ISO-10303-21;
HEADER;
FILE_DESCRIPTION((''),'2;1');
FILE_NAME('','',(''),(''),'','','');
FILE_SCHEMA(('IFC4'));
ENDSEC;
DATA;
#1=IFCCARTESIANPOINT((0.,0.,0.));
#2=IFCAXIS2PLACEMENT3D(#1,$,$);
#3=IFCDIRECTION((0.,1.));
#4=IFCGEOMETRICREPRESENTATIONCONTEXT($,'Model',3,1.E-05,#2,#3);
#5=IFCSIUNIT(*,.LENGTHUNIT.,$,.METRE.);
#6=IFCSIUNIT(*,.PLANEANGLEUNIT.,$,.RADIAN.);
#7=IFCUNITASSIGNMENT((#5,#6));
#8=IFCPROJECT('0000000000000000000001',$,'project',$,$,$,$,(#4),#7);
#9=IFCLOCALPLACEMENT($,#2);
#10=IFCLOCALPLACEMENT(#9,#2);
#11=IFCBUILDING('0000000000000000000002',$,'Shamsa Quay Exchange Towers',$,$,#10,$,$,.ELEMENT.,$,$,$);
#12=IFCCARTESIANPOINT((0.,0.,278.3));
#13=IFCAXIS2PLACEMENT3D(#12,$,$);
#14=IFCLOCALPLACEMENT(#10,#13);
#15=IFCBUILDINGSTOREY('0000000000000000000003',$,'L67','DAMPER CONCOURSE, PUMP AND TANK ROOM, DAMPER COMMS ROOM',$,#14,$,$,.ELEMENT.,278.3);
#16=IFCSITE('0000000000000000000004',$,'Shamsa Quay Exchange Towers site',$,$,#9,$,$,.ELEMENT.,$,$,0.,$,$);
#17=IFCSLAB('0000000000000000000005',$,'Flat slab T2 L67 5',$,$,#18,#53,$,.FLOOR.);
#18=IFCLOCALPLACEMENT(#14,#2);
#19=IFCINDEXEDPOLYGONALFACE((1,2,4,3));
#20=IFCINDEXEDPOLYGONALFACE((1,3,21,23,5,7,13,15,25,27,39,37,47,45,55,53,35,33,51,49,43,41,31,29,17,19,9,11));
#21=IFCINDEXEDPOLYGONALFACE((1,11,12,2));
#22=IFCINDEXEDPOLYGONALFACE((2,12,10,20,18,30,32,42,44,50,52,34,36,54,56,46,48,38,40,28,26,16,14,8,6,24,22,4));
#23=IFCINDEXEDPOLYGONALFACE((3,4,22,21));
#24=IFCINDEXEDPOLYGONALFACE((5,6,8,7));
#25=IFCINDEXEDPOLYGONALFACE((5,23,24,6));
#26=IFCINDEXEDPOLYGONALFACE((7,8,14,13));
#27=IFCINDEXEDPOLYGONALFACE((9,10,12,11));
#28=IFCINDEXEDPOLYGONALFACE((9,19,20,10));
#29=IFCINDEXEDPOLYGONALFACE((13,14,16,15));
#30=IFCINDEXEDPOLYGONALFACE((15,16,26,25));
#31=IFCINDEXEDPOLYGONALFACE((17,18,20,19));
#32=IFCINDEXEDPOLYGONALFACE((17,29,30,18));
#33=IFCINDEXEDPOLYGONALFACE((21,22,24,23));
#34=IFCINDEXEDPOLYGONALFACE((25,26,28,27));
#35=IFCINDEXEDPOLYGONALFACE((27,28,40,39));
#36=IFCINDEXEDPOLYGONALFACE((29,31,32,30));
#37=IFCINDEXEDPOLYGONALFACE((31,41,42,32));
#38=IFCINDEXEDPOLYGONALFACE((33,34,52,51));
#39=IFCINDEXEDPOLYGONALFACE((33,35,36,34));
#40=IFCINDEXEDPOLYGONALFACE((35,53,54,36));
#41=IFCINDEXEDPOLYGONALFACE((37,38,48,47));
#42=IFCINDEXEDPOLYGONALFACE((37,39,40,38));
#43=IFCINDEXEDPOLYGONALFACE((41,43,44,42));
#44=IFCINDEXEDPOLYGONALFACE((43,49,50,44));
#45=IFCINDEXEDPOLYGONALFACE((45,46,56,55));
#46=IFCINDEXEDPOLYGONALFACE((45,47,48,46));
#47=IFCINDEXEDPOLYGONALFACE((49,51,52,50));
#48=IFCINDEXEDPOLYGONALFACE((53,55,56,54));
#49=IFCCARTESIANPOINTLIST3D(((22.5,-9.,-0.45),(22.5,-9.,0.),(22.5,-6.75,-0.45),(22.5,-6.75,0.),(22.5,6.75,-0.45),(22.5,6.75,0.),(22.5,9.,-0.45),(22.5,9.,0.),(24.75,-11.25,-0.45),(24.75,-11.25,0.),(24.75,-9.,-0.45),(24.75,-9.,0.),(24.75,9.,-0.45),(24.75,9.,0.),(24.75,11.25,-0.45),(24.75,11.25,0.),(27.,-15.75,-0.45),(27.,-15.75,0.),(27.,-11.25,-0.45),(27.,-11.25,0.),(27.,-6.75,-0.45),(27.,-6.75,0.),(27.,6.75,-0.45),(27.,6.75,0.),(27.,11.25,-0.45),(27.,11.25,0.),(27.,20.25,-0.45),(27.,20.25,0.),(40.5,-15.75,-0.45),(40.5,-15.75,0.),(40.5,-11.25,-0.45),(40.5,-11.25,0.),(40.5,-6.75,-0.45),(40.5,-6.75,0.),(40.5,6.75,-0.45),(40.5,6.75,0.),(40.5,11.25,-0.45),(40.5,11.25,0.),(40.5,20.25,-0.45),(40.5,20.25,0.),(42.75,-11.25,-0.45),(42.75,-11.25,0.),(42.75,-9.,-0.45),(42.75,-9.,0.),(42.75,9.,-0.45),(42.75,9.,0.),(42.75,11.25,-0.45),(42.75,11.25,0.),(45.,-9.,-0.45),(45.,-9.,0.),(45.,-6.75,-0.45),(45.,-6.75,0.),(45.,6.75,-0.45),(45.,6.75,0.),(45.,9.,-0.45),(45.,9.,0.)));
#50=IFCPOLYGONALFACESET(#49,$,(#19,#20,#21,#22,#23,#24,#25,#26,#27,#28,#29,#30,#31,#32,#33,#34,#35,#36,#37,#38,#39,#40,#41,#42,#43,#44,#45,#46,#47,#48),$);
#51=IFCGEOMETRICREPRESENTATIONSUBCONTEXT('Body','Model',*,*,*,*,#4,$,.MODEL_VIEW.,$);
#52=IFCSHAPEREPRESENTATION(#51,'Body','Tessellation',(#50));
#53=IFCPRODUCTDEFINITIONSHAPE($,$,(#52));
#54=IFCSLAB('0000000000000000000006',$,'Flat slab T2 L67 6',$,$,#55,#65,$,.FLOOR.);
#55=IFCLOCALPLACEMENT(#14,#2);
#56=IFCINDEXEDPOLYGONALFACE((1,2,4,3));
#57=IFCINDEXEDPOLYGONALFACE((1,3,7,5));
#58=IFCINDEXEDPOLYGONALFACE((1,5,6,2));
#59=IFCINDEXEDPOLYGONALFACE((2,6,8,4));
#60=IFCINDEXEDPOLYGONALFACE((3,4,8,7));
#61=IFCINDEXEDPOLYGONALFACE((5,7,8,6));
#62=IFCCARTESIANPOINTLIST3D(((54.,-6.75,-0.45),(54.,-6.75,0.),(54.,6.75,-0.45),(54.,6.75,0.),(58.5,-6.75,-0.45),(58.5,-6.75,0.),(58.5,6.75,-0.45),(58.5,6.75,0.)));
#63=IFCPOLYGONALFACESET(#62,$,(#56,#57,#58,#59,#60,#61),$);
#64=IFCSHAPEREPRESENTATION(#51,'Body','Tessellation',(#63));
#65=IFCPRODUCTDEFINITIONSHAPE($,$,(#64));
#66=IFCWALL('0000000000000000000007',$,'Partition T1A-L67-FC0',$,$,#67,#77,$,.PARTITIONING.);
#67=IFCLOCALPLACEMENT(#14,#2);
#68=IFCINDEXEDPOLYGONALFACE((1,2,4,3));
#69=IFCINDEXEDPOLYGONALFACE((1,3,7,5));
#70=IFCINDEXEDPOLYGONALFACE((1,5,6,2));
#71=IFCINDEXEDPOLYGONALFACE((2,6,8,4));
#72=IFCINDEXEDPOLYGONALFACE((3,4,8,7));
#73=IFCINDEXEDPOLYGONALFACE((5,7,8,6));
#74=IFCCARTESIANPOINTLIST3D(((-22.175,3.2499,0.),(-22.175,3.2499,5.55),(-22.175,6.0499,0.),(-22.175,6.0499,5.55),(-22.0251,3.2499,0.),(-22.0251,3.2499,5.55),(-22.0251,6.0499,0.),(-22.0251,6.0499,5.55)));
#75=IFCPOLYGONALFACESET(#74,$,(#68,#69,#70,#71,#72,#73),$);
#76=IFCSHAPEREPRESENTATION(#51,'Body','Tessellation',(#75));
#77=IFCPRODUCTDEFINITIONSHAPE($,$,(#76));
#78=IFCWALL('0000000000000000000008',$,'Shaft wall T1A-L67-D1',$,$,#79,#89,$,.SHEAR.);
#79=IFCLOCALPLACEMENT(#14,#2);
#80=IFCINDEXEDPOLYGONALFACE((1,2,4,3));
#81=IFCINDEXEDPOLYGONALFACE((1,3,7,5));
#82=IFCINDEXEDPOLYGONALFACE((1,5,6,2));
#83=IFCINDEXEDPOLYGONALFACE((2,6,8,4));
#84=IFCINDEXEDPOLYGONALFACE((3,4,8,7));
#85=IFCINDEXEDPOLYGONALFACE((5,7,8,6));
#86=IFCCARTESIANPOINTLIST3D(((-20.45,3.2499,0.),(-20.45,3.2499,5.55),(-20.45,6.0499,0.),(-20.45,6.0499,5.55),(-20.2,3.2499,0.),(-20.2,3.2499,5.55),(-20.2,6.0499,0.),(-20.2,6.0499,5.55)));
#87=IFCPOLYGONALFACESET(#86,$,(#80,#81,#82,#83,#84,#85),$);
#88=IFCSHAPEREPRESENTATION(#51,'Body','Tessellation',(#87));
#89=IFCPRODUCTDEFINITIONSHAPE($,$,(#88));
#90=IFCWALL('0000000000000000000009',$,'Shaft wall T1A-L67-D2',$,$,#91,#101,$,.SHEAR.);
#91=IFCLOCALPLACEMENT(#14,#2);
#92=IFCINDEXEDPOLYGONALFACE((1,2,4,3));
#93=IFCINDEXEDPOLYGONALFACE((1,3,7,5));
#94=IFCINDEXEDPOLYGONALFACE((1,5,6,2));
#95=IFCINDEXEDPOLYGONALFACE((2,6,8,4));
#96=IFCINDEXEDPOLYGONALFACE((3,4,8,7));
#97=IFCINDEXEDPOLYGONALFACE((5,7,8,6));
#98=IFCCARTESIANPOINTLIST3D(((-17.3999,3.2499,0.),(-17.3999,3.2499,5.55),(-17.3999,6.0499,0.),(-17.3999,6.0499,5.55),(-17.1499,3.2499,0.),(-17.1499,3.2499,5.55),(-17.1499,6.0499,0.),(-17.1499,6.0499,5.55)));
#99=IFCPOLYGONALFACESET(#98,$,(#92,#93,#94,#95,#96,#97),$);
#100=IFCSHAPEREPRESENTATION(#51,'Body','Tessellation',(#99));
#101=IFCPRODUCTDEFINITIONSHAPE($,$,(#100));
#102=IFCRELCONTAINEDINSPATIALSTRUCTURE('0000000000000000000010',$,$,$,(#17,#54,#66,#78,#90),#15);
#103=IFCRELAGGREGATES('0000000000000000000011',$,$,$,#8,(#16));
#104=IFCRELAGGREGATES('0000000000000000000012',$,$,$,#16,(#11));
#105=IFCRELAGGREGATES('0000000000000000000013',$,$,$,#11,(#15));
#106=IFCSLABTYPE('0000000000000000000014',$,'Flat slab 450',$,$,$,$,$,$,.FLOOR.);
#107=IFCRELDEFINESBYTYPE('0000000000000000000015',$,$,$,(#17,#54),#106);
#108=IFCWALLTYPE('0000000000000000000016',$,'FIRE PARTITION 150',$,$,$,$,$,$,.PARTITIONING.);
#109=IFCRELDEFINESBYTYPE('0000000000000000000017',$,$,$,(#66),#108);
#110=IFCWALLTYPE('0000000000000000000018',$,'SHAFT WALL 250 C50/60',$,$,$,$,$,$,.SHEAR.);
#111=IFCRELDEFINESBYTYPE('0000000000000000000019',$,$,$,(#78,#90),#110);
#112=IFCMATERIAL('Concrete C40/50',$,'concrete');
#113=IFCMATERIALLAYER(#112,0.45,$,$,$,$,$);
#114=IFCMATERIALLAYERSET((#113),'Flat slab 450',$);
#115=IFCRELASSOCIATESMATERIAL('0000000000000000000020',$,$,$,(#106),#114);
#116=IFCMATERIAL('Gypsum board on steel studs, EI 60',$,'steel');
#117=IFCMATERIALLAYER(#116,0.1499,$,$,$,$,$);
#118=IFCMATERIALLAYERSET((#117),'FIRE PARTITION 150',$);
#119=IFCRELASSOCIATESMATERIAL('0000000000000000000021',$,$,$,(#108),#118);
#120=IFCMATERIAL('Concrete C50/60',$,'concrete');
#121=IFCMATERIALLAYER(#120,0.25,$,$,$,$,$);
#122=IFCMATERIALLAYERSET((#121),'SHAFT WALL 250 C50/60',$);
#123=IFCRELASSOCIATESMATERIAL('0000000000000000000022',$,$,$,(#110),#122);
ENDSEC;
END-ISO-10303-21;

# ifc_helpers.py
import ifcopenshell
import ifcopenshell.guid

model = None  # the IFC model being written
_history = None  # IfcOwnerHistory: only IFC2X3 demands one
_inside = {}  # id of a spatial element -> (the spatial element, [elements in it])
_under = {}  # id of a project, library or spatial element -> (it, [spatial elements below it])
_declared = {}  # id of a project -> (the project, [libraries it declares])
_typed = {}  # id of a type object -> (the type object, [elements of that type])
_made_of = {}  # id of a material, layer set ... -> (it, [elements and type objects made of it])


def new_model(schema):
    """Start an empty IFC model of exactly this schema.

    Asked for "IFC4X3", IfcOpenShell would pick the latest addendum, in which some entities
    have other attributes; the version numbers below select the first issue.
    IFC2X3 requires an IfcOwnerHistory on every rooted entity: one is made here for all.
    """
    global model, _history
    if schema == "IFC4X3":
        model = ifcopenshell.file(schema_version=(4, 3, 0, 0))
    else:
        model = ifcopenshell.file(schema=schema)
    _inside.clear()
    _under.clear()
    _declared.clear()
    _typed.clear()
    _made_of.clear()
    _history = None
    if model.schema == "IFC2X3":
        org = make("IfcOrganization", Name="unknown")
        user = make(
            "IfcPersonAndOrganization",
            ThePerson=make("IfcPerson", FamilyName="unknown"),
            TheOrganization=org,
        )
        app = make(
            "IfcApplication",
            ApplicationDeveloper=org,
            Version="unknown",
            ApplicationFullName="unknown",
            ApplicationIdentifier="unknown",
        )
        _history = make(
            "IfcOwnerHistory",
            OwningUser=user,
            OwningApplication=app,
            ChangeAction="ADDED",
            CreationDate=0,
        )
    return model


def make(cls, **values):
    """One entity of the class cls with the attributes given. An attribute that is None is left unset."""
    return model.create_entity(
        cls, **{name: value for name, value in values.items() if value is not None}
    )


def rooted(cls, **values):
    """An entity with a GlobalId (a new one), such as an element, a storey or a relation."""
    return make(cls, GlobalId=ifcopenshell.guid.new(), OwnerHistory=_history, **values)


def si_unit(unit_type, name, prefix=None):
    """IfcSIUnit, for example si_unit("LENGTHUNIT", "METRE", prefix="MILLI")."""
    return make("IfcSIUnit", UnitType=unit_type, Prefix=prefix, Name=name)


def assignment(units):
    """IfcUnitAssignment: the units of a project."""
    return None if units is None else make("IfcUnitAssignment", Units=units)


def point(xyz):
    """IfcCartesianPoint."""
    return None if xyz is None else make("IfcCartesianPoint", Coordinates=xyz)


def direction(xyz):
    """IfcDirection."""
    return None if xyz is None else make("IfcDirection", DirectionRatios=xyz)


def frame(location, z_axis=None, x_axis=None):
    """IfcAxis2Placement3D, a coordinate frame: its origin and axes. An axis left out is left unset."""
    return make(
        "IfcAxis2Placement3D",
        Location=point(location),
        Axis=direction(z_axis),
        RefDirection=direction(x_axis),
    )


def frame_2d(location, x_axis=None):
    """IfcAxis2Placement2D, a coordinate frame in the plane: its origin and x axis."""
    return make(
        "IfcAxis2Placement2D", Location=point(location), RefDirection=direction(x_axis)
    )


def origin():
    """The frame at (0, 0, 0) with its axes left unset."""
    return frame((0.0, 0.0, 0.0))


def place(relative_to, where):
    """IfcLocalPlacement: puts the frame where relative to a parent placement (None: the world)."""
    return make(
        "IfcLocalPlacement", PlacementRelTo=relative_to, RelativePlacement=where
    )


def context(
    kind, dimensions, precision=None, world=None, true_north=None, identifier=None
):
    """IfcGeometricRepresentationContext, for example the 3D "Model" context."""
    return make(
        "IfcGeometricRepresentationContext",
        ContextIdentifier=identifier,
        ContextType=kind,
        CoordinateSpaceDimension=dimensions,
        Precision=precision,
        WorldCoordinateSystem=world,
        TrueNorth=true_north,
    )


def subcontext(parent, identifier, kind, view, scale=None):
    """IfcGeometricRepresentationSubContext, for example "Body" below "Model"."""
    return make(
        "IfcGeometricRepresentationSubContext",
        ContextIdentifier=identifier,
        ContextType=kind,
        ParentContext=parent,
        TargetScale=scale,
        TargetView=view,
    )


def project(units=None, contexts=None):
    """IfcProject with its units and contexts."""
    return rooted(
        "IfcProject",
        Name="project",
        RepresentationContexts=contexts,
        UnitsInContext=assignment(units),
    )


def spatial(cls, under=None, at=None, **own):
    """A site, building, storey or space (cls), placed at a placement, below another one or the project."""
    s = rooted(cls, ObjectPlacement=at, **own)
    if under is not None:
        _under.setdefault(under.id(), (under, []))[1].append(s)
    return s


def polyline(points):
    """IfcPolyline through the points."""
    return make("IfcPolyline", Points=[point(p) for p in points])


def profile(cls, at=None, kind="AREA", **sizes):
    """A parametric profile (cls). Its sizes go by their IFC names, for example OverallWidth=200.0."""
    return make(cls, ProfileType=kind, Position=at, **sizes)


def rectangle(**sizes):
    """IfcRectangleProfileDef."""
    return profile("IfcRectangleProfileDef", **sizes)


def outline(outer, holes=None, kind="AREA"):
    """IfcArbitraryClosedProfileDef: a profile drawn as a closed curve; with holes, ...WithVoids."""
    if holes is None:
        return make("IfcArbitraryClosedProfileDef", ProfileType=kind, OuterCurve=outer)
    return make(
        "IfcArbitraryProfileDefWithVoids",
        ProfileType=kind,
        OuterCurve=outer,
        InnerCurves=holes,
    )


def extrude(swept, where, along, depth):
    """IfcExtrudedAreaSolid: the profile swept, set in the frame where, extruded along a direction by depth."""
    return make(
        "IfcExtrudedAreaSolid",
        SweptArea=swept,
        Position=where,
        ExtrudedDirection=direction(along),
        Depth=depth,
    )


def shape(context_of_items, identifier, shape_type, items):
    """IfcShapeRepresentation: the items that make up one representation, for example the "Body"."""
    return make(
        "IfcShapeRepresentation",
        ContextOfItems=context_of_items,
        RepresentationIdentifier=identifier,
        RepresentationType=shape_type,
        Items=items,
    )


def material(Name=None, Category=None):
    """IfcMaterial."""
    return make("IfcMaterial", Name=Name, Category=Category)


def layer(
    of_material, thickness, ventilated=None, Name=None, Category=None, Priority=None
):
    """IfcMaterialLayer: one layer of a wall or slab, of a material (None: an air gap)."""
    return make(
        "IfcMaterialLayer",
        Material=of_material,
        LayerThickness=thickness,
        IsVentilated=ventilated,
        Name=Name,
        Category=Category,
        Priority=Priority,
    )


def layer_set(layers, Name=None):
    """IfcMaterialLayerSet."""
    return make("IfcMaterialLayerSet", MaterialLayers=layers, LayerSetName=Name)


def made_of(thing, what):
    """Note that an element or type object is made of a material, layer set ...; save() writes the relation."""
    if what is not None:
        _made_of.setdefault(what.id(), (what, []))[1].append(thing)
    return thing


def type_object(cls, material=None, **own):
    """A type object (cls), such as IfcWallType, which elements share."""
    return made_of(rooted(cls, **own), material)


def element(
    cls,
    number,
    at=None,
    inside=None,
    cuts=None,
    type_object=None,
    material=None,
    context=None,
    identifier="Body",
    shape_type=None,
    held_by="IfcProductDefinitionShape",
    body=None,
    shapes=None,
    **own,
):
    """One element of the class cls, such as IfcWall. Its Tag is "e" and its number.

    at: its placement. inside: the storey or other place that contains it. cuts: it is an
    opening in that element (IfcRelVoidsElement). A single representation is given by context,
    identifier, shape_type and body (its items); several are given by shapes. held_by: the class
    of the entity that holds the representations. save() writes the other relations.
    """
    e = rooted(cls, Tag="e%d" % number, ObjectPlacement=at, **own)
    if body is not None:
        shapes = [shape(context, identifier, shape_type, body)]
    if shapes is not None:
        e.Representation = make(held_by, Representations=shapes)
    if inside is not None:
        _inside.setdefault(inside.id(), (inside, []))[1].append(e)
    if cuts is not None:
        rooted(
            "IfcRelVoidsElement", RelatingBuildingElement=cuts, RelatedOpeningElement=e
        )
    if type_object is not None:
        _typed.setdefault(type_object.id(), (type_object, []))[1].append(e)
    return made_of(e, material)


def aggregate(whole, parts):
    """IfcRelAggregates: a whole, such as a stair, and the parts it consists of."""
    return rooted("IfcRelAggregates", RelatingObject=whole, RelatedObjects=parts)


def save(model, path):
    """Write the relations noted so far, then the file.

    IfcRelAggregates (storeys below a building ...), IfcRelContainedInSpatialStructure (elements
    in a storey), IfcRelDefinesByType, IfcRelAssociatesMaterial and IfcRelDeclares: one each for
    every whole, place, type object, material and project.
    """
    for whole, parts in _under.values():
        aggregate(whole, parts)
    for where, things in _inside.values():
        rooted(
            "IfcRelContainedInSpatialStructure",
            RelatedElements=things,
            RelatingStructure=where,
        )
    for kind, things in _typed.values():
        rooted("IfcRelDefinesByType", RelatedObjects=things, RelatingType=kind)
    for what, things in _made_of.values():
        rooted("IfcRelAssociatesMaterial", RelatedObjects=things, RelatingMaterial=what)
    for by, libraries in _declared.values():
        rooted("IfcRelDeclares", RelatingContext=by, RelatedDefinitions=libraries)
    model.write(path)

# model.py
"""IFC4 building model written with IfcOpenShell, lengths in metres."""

from ifc_helpers import new_model, si_unit, direction, frame, frame_2d, origin, place, context, subcontext, project, spatial, polyline, rectangle, outline, extrude, material, layer, layer_set, type_object, element, save


model = new_model("IFC4")

# Units and contexts
model_context = context("Model", 3, precision=1e-05, world=origin(), true_north=direction((0.0, 1.0)))
body_context = subcontext(model_context, "Body", "Model", "MODEL_VIEW")
ifc_project = project(units=[si_unit("LENGTHUNIT", "METRE"), si_unit("PLANEANGLEUNIT", "RADIAN")], contexts=[model_context])

# Site, building, storey
site_placement = place(None, origin())
site = spatial("IfcSite", under=ifc_project, at=site_placement, Name="Shamsa Quay Exchange Towers site", CompositionType="ELEMENT", RefElevation=0.0)
building_placement = place(site_placement, origin())
building = spatial("IfcBuilding", under=site, at=building_placement, Name="Shamsa Quay Exchange Towers", CompositionType="ELEMENT")
storey_placement = place(building_placement, frame((0.0, 0.0, 278.3)))
storey = spatial("IfcBuildingStorey", under=building, at=storey_placement, Name="L67", Description="DAMPER CONCOURSE, PUMP AND TANK ROOM, DAMPER COMMS ROOM", CompositionType="ELEMENT", Elevation=278.3)

# Shared definitions
ifc_material_1 = material(Name="Concrete C50/60", Category="concrete")

# Slabs
ifc_material_2 = material(Name="Concrete C40/50", Category="concrete")
ifc_layer_1 = layer(ifc_material_2, 0.45)
ifc_layer_set_1 = layer_set([ifc_layer_1], Name="Flat slab 450")
slab_type_1 = type_object("IfcSlabType", Name="Flat slab 450", PredefinedType="FLOOR", material=ifc_layer_set_1)
slab_1_placement = place(storey_placement, frame((0.0, 0.0, -0.45)))
element("IfcSlab", 1, at=slab_1_placement, inside=storey, type_object=slab_type_1, Name="Flat slab T2 L67 5", PredefinedType="FLOOR", context=body_context, shape_type="SweptSolid", body=[
    extrude(outline(polyline([(45.0, -9.0), (45.0, -6.75), (40.5, -6.75), (40.5, 6.75), (45.0, 6.75), (45.0, 9.0), (42.75, 9.0), (42.75, 11.25), (40.5, 11.25), (40.5, 20.25), (27.0, 20.25), (27.0, 11.25), (24.75, 11.25), (24.75, 9.0), (22.5, 9.0), (22.5, 6.75), (27.0, 6.75), (27.0, -6.75), (22.5, -6.75), (22.5, -9.0), (24.75, -9.0), (24.75, -11.25), (27.0, -11.25), (27.0, -15.75), (40.5, -15.75), (40.5, -11.25), (42.75, -11.25), (42.75, -9.0), (45.0, -9.0)])), origin(), (0.0, 0.0, 1.0), 0.45),
])
slab_2_placement = place(storey_placement, frame((0.0, 0.0, -0.45)))
element("IfcSlab", 2, at=slab_2_placement, inside=storey, type_object=slab_type_1, Name="Flat slab T2 L67 6", PredefinedType="FLOOR", context=body_context, shape_type="SweptSolid", body=[
    extrude(outline(polyline([(58.5, 6.75), (54.0, 6.75), (54.0, -6.75), (58.5, -6.75), (58.5, 6.75)])), origin(), (0.0, 0.0, 1.0), 0.45),
])

# Walls
ifc_material_3 = material(Name="Gypsum board on steel studs, EI 60", Category="steel")
ifc_layer_2 = layer(ifc_material_3, 0.1499)
ifc_layer_set_2 = layer_set([ifc_layer_2], Name="FIRE PARTITION 150")
wall_type_1 = type_object("IfcWallType", Name="FIRE PARTITION 150", PredefinedType="PARTITIONING", material=ifc_layer_set_2)
wall_1_placement = place(storey_placement, frame((-22.1001, 3.25, 0.0), z_axis=(0.0, 0.0, 1.0), x_axis=(0.0, 1.0, 0.0)))
element("IfcWall", 3, at=wall_1_placement, inside=storey, type_object=wall_type_1, Name="Partition T1A-L67-FC0", PredefinedType="PARTITIONING", context=body_context, shape_type="SweptSolid", body=[
    extrude(rectangle(XDim=2.8, YDim=0.1499, at=frame_2d((1.3999, 0.0))), origin(), (0.0, 0.0, 1.0), 5.55),
])
ifc_layer_3 = layer(ifc_material_1, 0.25)
ifc_layer_set_3 = layer_set([ifc_layer_3], Name="SHAFT WALL 250 C50/60")
wall_type_2 = type_object("IfcWallType", Name="SHAFT WALL 250 C50/60", PredefinedType="SHEAR", material=ifc_layer_set_3)
for number, where, z_axis, x_axis, name in (
    (4, (-20.325, 3.25, 0.0), (0.0, 0.0, 1.0), (0.0, 1.0, 0.0), "Shaft wall T1A-L67-D1"),
    (5, (-17.2749, 3.25, 0.0), (0.0, 0.0, 1.0), (0.0, 1.0, 0.0), "Shaft wall T1A-L67-D2"),
):
    element("IfcWall", number, at=place(storey_placement, frame(where, z_axis=z_axis, x_axis=x_axis)), inside=storey, type_object=wall_type_2, Name=name, PredefinedType="SHEAR", context=body_context, shape_type="SweptSolid", body=[
        extrude(rectangle(XDim=2.8, YDim=0.25, at=frame_2d((1.3999, 0.0))), origin(), (0.0, 0.0, 1.0), 5.55),
    ])

save(model, "model.ifc")
